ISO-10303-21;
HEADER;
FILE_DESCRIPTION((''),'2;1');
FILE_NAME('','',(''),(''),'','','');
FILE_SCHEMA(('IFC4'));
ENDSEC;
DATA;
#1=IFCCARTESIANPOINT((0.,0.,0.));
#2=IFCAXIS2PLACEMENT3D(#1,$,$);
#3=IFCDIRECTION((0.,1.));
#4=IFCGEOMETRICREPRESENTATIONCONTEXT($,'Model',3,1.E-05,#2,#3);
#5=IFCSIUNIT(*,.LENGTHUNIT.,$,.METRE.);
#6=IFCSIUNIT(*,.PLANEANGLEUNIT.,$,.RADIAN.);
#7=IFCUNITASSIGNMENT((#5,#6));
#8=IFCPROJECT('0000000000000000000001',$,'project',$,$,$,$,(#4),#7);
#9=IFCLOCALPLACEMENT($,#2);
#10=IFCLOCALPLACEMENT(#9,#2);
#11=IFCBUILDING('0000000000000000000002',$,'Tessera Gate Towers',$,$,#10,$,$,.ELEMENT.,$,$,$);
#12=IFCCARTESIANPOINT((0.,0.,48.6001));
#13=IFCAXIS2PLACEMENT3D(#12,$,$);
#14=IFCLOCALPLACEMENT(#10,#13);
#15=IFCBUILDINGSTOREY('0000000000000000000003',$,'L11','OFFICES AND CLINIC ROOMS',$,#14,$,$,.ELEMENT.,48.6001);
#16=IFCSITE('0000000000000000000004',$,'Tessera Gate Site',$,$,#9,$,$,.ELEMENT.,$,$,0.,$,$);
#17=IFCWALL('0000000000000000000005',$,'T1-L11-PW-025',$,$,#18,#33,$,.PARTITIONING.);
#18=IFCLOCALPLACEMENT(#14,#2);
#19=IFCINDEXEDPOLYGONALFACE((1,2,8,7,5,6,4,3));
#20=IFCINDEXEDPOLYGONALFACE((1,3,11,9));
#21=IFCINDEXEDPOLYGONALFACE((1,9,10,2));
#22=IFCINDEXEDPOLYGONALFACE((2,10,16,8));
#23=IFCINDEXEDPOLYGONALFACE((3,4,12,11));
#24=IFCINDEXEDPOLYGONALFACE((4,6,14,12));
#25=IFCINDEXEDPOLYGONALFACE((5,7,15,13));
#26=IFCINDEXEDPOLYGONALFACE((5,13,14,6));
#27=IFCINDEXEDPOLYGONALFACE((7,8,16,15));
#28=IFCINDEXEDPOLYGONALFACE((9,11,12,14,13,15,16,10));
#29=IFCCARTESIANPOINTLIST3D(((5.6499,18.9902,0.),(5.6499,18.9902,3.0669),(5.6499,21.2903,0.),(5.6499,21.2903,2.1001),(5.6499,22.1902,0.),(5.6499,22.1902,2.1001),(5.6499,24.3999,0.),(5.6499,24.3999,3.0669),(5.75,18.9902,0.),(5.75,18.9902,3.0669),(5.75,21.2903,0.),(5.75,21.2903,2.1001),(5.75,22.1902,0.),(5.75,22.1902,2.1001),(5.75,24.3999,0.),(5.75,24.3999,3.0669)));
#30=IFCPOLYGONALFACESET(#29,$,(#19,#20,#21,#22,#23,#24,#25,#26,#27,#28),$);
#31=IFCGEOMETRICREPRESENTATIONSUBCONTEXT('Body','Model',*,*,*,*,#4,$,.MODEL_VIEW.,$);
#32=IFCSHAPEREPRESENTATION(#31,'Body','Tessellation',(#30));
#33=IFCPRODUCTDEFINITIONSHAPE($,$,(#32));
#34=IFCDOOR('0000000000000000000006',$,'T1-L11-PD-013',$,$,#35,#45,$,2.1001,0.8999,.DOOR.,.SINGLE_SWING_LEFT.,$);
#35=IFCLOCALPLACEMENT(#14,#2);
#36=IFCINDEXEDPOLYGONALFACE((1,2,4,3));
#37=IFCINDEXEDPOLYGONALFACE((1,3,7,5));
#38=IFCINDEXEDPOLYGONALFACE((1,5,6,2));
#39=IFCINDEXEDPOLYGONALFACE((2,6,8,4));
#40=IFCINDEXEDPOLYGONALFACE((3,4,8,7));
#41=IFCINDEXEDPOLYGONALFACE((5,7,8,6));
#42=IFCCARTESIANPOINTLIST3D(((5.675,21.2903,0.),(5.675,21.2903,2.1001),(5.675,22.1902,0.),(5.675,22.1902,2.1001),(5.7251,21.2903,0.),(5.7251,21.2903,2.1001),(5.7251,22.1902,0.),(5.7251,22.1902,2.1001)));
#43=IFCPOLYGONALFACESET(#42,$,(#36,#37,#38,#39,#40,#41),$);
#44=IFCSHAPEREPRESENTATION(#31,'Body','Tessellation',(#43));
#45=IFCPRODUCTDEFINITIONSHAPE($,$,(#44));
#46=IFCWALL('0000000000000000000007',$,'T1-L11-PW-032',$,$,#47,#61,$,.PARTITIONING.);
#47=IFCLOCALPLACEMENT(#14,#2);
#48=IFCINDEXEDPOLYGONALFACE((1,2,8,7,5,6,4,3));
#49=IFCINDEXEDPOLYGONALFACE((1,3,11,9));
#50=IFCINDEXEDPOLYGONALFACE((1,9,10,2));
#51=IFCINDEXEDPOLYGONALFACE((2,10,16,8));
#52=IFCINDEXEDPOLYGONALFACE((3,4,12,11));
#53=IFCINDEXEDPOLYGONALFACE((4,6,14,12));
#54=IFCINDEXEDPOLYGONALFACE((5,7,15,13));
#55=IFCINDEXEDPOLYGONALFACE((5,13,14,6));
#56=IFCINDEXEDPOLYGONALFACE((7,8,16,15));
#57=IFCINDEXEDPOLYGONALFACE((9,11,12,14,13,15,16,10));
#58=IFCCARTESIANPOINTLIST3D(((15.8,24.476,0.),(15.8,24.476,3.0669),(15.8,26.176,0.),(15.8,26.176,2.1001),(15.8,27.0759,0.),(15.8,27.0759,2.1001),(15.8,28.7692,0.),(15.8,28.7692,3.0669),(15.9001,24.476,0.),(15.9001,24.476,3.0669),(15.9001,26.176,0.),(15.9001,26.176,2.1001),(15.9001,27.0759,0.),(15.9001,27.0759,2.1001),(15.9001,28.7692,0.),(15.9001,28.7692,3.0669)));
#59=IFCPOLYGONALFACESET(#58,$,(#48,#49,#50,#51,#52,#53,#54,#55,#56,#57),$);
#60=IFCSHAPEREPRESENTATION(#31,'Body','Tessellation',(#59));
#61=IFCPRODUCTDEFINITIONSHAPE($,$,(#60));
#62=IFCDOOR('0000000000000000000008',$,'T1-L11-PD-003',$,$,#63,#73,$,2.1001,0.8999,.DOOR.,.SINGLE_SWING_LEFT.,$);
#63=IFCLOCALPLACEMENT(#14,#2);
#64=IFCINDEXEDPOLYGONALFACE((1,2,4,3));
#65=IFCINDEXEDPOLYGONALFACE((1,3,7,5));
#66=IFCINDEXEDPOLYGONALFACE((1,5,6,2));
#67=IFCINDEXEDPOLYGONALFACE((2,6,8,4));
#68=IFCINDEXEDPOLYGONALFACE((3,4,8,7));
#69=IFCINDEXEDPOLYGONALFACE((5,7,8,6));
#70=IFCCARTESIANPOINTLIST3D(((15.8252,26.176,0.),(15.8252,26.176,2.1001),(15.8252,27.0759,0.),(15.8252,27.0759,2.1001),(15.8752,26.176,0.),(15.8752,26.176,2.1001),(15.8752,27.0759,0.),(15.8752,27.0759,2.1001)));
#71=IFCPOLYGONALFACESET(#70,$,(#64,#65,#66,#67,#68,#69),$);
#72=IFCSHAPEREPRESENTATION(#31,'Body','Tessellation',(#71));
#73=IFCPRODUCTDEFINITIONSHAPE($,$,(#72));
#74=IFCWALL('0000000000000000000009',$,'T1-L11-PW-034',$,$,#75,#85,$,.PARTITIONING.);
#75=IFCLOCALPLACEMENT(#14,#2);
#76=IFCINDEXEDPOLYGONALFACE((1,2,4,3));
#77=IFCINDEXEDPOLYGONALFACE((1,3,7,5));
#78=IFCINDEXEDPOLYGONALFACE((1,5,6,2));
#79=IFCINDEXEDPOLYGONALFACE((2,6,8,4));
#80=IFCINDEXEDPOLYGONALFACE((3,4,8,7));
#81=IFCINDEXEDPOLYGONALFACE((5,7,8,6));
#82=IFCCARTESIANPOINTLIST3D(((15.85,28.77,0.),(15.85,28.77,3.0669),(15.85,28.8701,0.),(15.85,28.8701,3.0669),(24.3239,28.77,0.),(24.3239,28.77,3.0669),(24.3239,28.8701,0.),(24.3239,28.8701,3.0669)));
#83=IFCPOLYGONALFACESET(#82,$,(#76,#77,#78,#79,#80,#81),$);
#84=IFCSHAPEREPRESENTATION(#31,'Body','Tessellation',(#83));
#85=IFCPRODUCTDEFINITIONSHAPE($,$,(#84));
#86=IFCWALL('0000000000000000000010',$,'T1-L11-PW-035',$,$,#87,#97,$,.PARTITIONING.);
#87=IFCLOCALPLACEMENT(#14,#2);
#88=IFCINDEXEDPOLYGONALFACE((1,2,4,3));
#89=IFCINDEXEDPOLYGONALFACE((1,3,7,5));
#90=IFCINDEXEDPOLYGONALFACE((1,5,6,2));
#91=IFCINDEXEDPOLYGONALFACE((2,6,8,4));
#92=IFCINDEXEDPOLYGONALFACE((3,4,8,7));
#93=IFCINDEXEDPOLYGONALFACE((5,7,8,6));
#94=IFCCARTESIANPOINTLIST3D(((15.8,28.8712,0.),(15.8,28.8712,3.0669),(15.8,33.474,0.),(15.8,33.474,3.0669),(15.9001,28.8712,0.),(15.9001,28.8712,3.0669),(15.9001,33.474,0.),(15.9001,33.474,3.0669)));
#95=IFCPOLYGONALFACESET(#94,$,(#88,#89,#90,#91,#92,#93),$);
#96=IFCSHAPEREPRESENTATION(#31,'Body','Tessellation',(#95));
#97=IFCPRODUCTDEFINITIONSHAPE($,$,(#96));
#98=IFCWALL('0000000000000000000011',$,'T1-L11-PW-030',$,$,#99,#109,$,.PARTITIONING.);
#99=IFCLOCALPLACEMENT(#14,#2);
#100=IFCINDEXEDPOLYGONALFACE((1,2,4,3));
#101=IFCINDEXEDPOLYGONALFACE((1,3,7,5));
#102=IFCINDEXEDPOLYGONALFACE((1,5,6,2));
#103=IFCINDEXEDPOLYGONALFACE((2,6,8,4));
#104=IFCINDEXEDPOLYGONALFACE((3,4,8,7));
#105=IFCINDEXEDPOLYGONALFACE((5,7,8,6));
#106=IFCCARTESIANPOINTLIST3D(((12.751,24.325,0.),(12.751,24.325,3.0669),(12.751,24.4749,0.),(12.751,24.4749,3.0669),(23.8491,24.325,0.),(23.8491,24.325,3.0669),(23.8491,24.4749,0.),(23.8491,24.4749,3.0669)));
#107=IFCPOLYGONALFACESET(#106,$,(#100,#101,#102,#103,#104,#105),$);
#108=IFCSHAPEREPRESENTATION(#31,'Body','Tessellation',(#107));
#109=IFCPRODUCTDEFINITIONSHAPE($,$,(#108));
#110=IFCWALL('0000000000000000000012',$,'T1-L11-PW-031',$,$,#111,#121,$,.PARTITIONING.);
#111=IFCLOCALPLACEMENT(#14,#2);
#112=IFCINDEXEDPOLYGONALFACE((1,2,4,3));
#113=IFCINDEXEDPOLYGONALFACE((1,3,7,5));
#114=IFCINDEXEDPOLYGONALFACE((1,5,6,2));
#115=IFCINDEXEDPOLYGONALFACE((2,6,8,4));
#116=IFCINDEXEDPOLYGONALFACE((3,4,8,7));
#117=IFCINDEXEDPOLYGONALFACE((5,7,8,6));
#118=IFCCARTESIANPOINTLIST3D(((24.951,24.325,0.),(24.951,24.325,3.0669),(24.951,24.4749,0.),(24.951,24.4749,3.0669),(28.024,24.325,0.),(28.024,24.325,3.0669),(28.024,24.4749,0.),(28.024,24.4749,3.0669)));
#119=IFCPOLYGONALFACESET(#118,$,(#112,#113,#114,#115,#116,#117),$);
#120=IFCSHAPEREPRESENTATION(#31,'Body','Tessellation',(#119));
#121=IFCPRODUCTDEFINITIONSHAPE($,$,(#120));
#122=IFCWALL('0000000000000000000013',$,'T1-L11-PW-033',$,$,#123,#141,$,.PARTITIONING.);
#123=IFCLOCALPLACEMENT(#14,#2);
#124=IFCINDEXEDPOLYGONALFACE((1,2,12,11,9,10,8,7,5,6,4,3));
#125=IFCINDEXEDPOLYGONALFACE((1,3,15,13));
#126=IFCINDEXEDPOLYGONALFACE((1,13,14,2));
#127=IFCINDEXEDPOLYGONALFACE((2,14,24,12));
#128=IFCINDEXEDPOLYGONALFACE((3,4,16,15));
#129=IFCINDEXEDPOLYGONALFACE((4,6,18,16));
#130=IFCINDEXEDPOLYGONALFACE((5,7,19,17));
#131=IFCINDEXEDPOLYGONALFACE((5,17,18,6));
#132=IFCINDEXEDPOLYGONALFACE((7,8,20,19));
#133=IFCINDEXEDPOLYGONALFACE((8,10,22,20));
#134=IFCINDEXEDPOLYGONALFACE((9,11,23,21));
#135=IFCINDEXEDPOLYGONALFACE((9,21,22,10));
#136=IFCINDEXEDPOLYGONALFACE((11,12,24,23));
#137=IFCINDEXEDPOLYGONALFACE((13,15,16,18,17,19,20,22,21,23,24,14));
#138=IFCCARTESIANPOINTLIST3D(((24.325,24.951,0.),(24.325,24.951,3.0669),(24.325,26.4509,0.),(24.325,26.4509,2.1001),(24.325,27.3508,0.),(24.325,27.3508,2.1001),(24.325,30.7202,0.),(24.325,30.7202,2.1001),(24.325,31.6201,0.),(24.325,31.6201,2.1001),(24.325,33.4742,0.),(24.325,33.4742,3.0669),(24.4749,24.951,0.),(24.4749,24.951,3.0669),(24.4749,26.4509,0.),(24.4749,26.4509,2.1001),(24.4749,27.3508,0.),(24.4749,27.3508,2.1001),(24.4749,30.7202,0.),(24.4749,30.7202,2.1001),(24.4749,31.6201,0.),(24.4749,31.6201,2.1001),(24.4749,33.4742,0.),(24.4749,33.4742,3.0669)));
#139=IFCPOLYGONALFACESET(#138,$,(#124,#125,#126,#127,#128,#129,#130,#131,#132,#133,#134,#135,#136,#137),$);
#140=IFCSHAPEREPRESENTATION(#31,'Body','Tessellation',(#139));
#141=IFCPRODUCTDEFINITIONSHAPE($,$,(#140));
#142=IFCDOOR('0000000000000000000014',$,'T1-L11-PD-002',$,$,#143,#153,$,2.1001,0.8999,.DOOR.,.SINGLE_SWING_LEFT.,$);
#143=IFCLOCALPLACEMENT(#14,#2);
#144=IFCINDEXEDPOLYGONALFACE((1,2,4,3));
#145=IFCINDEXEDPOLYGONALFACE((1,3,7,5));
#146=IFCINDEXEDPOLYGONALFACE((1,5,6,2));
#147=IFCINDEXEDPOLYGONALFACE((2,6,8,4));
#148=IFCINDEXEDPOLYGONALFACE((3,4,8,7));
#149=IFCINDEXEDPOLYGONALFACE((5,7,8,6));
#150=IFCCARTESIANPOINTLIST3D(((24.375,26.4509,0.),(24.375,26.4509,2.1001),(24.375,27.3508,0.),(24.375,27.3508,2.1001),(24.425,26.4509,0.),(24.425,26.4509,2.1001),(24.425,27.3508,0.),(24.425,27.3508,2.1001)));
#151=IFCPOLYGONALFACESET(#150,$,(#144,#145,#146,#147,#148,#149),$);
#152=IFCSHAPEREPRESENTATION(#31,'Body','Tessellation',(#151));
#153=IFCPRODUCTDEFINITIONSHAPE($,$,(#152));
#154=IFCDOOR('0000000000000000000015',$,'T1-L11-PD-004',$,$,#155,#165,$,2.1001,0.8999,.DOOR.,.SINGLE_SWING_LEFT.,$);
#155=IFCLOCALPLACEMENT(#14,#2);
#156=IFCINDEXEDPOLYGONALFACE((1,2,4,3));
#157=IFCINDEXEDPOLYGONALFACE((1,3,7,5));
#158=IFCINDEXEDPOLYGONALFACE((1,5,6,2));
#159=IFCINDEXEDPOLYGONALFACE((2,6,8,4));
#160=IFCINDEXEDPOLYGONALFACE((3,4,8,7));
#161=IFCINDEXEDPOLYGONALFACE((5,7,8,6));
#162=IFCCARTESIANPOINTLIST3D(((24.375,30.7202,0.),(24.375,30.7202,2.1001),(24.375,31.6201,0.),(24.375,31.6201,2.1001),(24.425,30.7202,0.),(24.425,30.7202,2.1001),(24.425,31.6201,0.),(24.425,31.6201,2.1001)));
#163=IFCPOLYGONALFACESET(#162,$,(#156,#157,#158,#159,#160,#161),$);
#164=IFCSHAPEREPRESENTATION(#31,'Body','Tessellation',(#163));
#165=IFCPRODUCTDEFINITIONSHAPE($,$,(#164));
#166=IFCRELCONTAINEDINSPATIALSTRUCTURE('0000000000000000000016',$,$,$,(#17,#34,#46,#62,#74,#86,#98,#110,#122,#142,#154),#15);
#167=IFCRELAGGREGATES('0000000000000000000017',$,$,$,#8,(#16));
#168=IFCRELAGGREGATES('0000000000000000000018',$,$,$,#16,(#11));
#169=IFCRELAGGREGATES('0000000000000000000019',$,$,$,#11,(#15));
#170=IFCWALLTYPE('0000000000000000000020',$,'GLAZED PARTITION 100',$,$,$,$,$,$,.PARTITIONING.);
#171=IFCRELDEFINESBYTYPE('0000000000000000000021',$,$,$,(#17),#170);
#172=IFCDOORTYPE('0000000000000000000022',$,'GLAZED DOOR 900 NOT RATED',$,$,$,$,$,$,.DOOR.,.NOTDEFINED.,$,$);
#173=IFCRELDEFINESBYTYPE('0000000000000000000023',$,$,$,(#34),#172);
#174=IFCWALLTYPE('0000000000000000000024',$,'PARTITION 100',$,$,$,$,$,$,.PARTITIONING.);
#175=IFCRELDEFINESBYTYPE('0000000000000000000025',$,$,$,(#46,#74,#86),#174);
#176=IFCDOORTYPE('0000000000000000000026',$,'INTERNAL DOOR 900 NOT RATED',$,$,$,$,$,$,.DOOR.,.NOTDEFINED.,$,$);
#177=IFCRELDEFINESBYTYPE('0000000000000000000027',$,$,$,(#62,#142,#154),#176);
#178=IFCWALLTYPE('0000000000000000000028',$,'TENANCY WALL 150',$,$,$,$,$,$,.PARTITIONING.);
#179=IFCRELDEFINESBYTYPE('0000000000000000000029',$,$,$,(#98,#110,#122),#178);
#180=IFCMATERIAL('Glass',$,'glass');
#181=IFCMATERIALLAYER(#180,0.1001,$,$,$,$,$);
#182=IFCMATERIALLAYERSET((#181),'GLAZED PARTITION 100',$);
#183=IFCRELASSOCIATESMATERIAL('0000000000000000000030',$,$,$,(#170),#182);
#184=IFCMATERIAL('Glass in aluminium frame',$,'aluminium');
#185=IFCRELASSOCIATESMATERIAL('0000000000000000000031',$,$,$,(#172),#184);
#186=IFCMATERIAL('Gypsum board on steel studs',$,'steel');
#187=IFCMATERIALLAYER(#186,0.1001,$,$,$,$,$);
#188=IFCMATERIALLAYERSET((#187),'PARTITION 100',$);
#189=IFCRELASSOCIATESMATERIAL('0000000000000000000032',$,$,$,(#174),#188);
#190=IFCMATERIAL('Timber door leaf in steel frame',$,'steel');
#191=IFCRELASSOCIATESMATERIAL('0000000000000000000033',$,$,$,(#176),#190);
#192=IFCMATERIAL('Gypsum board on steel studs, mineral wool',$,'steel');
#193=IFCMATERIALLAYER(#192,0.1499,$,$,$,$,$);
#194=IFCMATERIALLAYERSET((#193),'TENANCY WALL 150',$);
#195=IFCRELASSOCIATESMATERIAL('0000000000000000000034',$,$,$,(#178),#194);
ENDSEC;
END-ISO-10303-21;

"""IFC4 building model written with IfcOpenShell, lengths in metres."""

from ifc_helpers import new_model, si_unit, direction, frame, frame_2d, origin, place, context, subcontext, project, spatial, rectangle, extrude, source, transform, mapped, material, layer, layer_set, type_object, element, fill, save


model = new_model("IFC4")

# Units and contexts
model_context = context("Model", 3, precision=1e-05, world=origin(), true_north=direction((0.0, 1.0)))
body_context = subcontext(model_context, "Body", "Model", "MODEL_VIEW")
ifc_project = project(units=[si_unit("LENGTHUNIT", "METRE"), si_unit("PLANEANGLEUNIT", "RADIAN")], contexts=[model_context])

# Site, building, storey
site_placement = place(None, origin())
site = spatial("IfcSite", under=ifc_project, at=site_placement, Name="Tessera Gate Site", CompositionType="ELEMENT", RefElevation=0.0)
building_placement = place(site_placement, origin())
building = spatial("IfcBuilding", under=site, at=building_placement, Name="Tessera Gate Towers", CompositionType="ELEMENT")
storey_placement = place(building_placement, frame((0.0, 0.0, 48.6001)))
storey = spatial("IfcBuildingStorey", under=building, at=storey_placement, Name="L11", Description="OFFICES AND CLINIC ROOMS", CompositionType="ELEMENT", Elevation=48.6001)

# Shared definitions
ifc_material_1 = material(Name="Glass", Category="glass")
ifc_layer_1 = layer(ifc_material_1, 0.1001)
ifc_layer_set_1 = layer_set([ifc_layer_1], Name="GLAZED PARTITION 100")
wall_type_1 = type_object("IfcWallType", Name="GLAZED PARTITION 100", PredefinedType="PARTITIONING", material=ifc_layer_set_1)

# Walls, openings, doors
wall_1_placement = place(storey_placement, frame((5.7, 18.9902, 0.0), z_axis=(0.0, 0.0, 1.0), x_axis=(0.0, 1.0, 0.0)))
wall_1 = element("IfcWall", 1, at=wall_1_placement, inside=storey, type_object=wall_type_1, Name="T1-L11-PW-025", PredefinedType="PARTITIONING", context=body_context, shape_type="SweptSolid", body=[
    extrude(rectangle(XDim=5.4097, YDim=0.1001, at=frame_2d((2.7048, 0.0))), origin(), (0.0, 0.0, 1.0), 3.0669),
])
shared_shape_1 = source(origin(), body_context, "Body", "SweptSolid", [
    extrude(rectangle(XDim=0.8999, YDim=2.1001, at=frame_2d((0.45, 1.05))), frame((0.0, 0.0601, 0.0), z_axis=(0.0, -1.0, 0.0), x_axis=(1.0, 0.0, 0.0)), (0.0, 0.0, 1.0), 0.1201),
])
opening_1_placement = place(wall_1_placement, frame((2.3, 0.0, 0.0)))
opening_1 = element("IfcOpeningElement", 2, at=opening_1_placement, cuts=wall_1, PredefinedType="OPENING", context=body_context, shape_type="MappedRepresentation", body=[
    mapped(shared_shape_1, transform((0.0, 0.0, 0.0), scale=1.0)),
])
ifc_material_2 = material(Name="Glass in aluminium frame", Category="aluminium")
door_type_1 = type_object("IfcDoorType", Name="GLAZED DOOR 900 NOT RATED", OperationType="NOTDEFINED", PredefinedType="DOOR", material=ifc_material_2)
shared_shape_2 = source(origin(), body_context, "Body", "SweptSolid", [
    extrude(rectangle(XDim=0.8999, YDim=2.1001, at=frame_2d((0.45, 1.05))), frame((0.0, 0.0249, 0.0), z_axis=(0.0, -1.0, 0.0), x_axis=(1.0, 0.0, 0.0)), (0.0, 0.0, 1.0), 0.05),
])
door_1_placement = place(opening_1_placement, origin())
door_1 = element("IfcDoor", 3, at=door_1_placement, inside=storey, type_object=door_type_1, Name="T1-L11-PD-013", OperationType="SINGLE_SWING_LEFT", OverallHeight=2.1001, OverallWidth=0.8999, PredefinedType="DOOR", context=body_context, shape_type="MappedRepresentation", body=[
    mapped(shared_shape_2, transform((0.0, 0.0, 0.0), scale=1.0)),
])
fill(opening_1, door_1)
ifc_material_3 = material(Name="Gypsum board on steel studs", Category="steel")
ifc_layer_2 = layer(ifc_material_3, 0.1001)
ifc_layer_set_2 = layer_set([ifc_layer_2], Name="PARTITION 100")
wall_type_2 = type_object("IfcWallType", Name="PARTITION 100", PredefinedType="PARTITIONING", material=ifc_layer_set_2)
wall_2_placement = place(storey_placement, frame((15.8501, 24.4761, 0.0), z_axis=(0.0, 0.0, 1.0), x_axis=(0.0, 1.0, 0.0)))
wall_2 = element("IfcWall", 4, at=wall_2_placement, inside=storey, type_object=wall_type_2, Name="T1-L11-PW-032", PredefinedType="PARTITIONING", context=body_context, shape_type="SweptSolid", body=[
    extrude(rectangle(XDim=4.2932, YDim=0.1001, at=frame_2d((2.1465, 0.0))), origin(), (0.0, 0.0, 1.0), 3.0669),
])
opening_2_placement = place(wall_2_placement, frame((1.7, 0.0, 0.0)))
opening_2 = element("IfcOpeningElement", 5, at=opening_2_placement, cuts=wall_2, PredefinedType="OPENING", context=body_context, shape_type="MappedRepresentation", body=[
    mapped(shared_shape_1, transform((0.0, 0.0, 0.0), scale=1.0)),
])
ifc_material_4 = material(Name="Timber door leaf in steel frame", Category="steel")
door_type_2 = type_object("IfcDoorType", Name="INTERNAL DOOR 900 NOT RATED", OperationType="NOTDEFINED", PredefinedType="DOOR", material=ifc_material_4)
door_2_placement = place(opening_2_placement, origin())
door_2 = element("IfcDoor", 6, at=door_2_placement, inside=storey, type_object=door_type_2, Name="T1-L11-PD-003", OperationType="SINGLE_SWING_LEFT", OverallHeight=2.1001, OverallWidth=0.8999, PredefinedType="DOOR", context=body_context, shape_type="MappedRepresentation", body=[
    mapped(shared_shape_2, transform((0.0, 0.0, 0.0), scale=1.0)),
])
fill(opening_2, door_2)

# Walls
wall_3_placement = place(storey_placement, frame((15.8501, 28.8201, 0.0), z_axis=(0.0, 0.0, 1.0), x_axis=(1.0, 0.0, 0.0)))
element("IfcWall", 7, at=wall_3_placement, inside=storey, type_object=wall_type_2, Name="T1-L11-PW-034", PredefinedType="PARTITIONING", context=body_context, shape_type="SweptSolid", body=[
    extrude(rectangle(XDim=8.4739, YDim=0.1001, at=frame_2d((4.2368, 0.0))), origin(), (0.0, 0.0, 1.0), 3.0669),
])
wall_4_placement = place(storey_placement, frame((15.8501, 28.8713, 0.0), z_axis=(0.0, 0.0, 1.0), x_axis=(0.0, 1.0, 0.0)))
element("IfcWall", 8, at=wall_4_placement, inside=storey, type_object=wall_type_2, Name="T1-L11-PW-035", PredefinedType="PARTITIONING", context=body_context, shape_type="SweptSolid", body=[
    extrude(rectangle(XDim=4.6028, YDim=0.1001, at=frame_2d((2.3013, 0.0))), origin(), (0.0, 0.0, 1.0), 3.0669),
])
ifc_material_5 = material(Name="Gypsum board on steel studs, mineral wool", Category="steel")
ifc_layer_3 = layer(ifc_material_5, 0.1499)
ifc_layer_set_3 = layer_set([ifc_layer_3], Name="TENANCY WALL 150")
wall_type_3 = type_object("IfcWallType", Name="TENANCY WALL 150", PredefinedType="PARTITIONING", material=ifc_layer_set_3)
wall_5_placement = place(storey_placement, frame((12.751, 24.3999, 0.0), z_axis=(0.0, 0.0, 1.0), x_axis=(1.0, 0.0, 0.0)))
element("IfcWall", 9, at=wall_5_placement, inside=storey, type_object=wall_type_3, Name="T1-L11-PW-030", PredefinedType="PARTITIONING", context=body_context, shape_type="SweptSolid", body=[
    extrude(rectangle(XDim=11.0981, YDim=0.1499, at=frame_2d((5.5491, 0.0))), origin(), (0.0, 0.0, 1.0), 3.0669),
])
wall_6_placement = place(storey_placement, frame((24.9509, 24.3999, 0.0), z_axis=(0.0, 0.0, 1.0), x_axis=(1.0, 0.0, 0.0)))
element("IfcWall", 10, at=wall_6_placement, inside=storey, type_object=wall_type_3, Name="T1-L11-PW-031", PredefinedType="PARTITIONING", context=body_context, shape_type="SweptSolid", body=[
    extrude(rectangle(XDim=3.073, YDim=0.1499, at=frame_2d((1.5366, 0.0))), origin(), (0.0, 0.0, 1.0), 3.0669),
])

# Wall, openings, doors
wall_7_placement = place(storey_placement, frame((24.3999, 24.9509, 0.0), z_axis=(0.0, 0.0, 1.0), x_axis=(0.0, 1.0, 0.0)))
wall_7 = element("IfcWall", 11, at=wall_7_placement, inside=storey, type_object=wall_type_3, Name="T1-L11-PW-033", PredefinedType="PARTITIONING", context=body_context, shape_type="SweptSolid", body=[
    extrude(rectangle(XDim=8.5232, YDim=0.1499, at=frame_2d((4.2617, 0.0))), origin(), (0.0, 0.0, 1.0), 3.0669),
])
shared_shape_3 = source(origin(), body_context, "Body", "SweptSolid", [
    extrude(rectangle(XDim=0.8999, YDim=2.1001, at=frame_2d((0.45, 1.05))), frame((0.0, 0.085, 0.0), z_axis=(0.0, -1.0, 0.0), x_axis=(1.0, 0.0, 0.0)), (0.0, 0.0, 1.0), 0.1699),
])
opening_3_placement = place(wall_7_placement, frame((1.5, 0.0, 0.0)))
opening_3 = element("IfcOpeningElement", 12, at=opening_3_placement, cuts=wall_7, PredefinedType="OPENING", context=body_context, shape_type="MappedRepresentation", body=[
    mapped(shared_shape_3, transform((0.0, 0.0, 0.0), scale=1.0)),
])
opening_4_placement = place(wall_7_placement, frame((5.7693, 0.0, 0.0)))
opening_4 = element("IfcOpeningElement", 13, at=opening_4_placement, cuts=wall_7, PredefinedType="OPENING", context=body_context, shape_type="MappedRepresentation", body=[
    mapped(shared_shape_3, transform((0.0, 0.0, 0.0), scale=1.0)),
])
door_3_placement = place(opening_3_placement, origin())
door_3 = element("IfcDoor", 14, at=door_3_placement, inside=storey, type_object=door_type_2, Name="T1-L11-PD-002", OperationType="SINGLE_SWING_LEFT", OverallHeight=2.1001, OverallWidth=0.8999, PredefinedType="DOOR", context=body_context, shape_type="MappedRepresentation", body=[
    mapped(shared_shape_2, transform((0.0, 0.0, 0.0), scale=1.0)),
])
fill(opening_3, door_3)
door_4_placement = place(opening_4_placement, origin())
door_4 = element("IfcDoor", 15, at=door_4_placement, inside=storey, type_object=door_type_2, Name="T1-L11-PD-004", OperationType="SINGLE_SWING_LEFT", OverallHeight=2.1001, OverallWidth=0.8999, PredefinedType="DOOR", context=body_context, shape_type="MappedRepresentation", body=[
    mapped(shared_shape_2, transform((0.0, 0.0, 0.0), scale=1.0)),
])
fill(opening_4, door_4)

save(model, "model.ifc")
